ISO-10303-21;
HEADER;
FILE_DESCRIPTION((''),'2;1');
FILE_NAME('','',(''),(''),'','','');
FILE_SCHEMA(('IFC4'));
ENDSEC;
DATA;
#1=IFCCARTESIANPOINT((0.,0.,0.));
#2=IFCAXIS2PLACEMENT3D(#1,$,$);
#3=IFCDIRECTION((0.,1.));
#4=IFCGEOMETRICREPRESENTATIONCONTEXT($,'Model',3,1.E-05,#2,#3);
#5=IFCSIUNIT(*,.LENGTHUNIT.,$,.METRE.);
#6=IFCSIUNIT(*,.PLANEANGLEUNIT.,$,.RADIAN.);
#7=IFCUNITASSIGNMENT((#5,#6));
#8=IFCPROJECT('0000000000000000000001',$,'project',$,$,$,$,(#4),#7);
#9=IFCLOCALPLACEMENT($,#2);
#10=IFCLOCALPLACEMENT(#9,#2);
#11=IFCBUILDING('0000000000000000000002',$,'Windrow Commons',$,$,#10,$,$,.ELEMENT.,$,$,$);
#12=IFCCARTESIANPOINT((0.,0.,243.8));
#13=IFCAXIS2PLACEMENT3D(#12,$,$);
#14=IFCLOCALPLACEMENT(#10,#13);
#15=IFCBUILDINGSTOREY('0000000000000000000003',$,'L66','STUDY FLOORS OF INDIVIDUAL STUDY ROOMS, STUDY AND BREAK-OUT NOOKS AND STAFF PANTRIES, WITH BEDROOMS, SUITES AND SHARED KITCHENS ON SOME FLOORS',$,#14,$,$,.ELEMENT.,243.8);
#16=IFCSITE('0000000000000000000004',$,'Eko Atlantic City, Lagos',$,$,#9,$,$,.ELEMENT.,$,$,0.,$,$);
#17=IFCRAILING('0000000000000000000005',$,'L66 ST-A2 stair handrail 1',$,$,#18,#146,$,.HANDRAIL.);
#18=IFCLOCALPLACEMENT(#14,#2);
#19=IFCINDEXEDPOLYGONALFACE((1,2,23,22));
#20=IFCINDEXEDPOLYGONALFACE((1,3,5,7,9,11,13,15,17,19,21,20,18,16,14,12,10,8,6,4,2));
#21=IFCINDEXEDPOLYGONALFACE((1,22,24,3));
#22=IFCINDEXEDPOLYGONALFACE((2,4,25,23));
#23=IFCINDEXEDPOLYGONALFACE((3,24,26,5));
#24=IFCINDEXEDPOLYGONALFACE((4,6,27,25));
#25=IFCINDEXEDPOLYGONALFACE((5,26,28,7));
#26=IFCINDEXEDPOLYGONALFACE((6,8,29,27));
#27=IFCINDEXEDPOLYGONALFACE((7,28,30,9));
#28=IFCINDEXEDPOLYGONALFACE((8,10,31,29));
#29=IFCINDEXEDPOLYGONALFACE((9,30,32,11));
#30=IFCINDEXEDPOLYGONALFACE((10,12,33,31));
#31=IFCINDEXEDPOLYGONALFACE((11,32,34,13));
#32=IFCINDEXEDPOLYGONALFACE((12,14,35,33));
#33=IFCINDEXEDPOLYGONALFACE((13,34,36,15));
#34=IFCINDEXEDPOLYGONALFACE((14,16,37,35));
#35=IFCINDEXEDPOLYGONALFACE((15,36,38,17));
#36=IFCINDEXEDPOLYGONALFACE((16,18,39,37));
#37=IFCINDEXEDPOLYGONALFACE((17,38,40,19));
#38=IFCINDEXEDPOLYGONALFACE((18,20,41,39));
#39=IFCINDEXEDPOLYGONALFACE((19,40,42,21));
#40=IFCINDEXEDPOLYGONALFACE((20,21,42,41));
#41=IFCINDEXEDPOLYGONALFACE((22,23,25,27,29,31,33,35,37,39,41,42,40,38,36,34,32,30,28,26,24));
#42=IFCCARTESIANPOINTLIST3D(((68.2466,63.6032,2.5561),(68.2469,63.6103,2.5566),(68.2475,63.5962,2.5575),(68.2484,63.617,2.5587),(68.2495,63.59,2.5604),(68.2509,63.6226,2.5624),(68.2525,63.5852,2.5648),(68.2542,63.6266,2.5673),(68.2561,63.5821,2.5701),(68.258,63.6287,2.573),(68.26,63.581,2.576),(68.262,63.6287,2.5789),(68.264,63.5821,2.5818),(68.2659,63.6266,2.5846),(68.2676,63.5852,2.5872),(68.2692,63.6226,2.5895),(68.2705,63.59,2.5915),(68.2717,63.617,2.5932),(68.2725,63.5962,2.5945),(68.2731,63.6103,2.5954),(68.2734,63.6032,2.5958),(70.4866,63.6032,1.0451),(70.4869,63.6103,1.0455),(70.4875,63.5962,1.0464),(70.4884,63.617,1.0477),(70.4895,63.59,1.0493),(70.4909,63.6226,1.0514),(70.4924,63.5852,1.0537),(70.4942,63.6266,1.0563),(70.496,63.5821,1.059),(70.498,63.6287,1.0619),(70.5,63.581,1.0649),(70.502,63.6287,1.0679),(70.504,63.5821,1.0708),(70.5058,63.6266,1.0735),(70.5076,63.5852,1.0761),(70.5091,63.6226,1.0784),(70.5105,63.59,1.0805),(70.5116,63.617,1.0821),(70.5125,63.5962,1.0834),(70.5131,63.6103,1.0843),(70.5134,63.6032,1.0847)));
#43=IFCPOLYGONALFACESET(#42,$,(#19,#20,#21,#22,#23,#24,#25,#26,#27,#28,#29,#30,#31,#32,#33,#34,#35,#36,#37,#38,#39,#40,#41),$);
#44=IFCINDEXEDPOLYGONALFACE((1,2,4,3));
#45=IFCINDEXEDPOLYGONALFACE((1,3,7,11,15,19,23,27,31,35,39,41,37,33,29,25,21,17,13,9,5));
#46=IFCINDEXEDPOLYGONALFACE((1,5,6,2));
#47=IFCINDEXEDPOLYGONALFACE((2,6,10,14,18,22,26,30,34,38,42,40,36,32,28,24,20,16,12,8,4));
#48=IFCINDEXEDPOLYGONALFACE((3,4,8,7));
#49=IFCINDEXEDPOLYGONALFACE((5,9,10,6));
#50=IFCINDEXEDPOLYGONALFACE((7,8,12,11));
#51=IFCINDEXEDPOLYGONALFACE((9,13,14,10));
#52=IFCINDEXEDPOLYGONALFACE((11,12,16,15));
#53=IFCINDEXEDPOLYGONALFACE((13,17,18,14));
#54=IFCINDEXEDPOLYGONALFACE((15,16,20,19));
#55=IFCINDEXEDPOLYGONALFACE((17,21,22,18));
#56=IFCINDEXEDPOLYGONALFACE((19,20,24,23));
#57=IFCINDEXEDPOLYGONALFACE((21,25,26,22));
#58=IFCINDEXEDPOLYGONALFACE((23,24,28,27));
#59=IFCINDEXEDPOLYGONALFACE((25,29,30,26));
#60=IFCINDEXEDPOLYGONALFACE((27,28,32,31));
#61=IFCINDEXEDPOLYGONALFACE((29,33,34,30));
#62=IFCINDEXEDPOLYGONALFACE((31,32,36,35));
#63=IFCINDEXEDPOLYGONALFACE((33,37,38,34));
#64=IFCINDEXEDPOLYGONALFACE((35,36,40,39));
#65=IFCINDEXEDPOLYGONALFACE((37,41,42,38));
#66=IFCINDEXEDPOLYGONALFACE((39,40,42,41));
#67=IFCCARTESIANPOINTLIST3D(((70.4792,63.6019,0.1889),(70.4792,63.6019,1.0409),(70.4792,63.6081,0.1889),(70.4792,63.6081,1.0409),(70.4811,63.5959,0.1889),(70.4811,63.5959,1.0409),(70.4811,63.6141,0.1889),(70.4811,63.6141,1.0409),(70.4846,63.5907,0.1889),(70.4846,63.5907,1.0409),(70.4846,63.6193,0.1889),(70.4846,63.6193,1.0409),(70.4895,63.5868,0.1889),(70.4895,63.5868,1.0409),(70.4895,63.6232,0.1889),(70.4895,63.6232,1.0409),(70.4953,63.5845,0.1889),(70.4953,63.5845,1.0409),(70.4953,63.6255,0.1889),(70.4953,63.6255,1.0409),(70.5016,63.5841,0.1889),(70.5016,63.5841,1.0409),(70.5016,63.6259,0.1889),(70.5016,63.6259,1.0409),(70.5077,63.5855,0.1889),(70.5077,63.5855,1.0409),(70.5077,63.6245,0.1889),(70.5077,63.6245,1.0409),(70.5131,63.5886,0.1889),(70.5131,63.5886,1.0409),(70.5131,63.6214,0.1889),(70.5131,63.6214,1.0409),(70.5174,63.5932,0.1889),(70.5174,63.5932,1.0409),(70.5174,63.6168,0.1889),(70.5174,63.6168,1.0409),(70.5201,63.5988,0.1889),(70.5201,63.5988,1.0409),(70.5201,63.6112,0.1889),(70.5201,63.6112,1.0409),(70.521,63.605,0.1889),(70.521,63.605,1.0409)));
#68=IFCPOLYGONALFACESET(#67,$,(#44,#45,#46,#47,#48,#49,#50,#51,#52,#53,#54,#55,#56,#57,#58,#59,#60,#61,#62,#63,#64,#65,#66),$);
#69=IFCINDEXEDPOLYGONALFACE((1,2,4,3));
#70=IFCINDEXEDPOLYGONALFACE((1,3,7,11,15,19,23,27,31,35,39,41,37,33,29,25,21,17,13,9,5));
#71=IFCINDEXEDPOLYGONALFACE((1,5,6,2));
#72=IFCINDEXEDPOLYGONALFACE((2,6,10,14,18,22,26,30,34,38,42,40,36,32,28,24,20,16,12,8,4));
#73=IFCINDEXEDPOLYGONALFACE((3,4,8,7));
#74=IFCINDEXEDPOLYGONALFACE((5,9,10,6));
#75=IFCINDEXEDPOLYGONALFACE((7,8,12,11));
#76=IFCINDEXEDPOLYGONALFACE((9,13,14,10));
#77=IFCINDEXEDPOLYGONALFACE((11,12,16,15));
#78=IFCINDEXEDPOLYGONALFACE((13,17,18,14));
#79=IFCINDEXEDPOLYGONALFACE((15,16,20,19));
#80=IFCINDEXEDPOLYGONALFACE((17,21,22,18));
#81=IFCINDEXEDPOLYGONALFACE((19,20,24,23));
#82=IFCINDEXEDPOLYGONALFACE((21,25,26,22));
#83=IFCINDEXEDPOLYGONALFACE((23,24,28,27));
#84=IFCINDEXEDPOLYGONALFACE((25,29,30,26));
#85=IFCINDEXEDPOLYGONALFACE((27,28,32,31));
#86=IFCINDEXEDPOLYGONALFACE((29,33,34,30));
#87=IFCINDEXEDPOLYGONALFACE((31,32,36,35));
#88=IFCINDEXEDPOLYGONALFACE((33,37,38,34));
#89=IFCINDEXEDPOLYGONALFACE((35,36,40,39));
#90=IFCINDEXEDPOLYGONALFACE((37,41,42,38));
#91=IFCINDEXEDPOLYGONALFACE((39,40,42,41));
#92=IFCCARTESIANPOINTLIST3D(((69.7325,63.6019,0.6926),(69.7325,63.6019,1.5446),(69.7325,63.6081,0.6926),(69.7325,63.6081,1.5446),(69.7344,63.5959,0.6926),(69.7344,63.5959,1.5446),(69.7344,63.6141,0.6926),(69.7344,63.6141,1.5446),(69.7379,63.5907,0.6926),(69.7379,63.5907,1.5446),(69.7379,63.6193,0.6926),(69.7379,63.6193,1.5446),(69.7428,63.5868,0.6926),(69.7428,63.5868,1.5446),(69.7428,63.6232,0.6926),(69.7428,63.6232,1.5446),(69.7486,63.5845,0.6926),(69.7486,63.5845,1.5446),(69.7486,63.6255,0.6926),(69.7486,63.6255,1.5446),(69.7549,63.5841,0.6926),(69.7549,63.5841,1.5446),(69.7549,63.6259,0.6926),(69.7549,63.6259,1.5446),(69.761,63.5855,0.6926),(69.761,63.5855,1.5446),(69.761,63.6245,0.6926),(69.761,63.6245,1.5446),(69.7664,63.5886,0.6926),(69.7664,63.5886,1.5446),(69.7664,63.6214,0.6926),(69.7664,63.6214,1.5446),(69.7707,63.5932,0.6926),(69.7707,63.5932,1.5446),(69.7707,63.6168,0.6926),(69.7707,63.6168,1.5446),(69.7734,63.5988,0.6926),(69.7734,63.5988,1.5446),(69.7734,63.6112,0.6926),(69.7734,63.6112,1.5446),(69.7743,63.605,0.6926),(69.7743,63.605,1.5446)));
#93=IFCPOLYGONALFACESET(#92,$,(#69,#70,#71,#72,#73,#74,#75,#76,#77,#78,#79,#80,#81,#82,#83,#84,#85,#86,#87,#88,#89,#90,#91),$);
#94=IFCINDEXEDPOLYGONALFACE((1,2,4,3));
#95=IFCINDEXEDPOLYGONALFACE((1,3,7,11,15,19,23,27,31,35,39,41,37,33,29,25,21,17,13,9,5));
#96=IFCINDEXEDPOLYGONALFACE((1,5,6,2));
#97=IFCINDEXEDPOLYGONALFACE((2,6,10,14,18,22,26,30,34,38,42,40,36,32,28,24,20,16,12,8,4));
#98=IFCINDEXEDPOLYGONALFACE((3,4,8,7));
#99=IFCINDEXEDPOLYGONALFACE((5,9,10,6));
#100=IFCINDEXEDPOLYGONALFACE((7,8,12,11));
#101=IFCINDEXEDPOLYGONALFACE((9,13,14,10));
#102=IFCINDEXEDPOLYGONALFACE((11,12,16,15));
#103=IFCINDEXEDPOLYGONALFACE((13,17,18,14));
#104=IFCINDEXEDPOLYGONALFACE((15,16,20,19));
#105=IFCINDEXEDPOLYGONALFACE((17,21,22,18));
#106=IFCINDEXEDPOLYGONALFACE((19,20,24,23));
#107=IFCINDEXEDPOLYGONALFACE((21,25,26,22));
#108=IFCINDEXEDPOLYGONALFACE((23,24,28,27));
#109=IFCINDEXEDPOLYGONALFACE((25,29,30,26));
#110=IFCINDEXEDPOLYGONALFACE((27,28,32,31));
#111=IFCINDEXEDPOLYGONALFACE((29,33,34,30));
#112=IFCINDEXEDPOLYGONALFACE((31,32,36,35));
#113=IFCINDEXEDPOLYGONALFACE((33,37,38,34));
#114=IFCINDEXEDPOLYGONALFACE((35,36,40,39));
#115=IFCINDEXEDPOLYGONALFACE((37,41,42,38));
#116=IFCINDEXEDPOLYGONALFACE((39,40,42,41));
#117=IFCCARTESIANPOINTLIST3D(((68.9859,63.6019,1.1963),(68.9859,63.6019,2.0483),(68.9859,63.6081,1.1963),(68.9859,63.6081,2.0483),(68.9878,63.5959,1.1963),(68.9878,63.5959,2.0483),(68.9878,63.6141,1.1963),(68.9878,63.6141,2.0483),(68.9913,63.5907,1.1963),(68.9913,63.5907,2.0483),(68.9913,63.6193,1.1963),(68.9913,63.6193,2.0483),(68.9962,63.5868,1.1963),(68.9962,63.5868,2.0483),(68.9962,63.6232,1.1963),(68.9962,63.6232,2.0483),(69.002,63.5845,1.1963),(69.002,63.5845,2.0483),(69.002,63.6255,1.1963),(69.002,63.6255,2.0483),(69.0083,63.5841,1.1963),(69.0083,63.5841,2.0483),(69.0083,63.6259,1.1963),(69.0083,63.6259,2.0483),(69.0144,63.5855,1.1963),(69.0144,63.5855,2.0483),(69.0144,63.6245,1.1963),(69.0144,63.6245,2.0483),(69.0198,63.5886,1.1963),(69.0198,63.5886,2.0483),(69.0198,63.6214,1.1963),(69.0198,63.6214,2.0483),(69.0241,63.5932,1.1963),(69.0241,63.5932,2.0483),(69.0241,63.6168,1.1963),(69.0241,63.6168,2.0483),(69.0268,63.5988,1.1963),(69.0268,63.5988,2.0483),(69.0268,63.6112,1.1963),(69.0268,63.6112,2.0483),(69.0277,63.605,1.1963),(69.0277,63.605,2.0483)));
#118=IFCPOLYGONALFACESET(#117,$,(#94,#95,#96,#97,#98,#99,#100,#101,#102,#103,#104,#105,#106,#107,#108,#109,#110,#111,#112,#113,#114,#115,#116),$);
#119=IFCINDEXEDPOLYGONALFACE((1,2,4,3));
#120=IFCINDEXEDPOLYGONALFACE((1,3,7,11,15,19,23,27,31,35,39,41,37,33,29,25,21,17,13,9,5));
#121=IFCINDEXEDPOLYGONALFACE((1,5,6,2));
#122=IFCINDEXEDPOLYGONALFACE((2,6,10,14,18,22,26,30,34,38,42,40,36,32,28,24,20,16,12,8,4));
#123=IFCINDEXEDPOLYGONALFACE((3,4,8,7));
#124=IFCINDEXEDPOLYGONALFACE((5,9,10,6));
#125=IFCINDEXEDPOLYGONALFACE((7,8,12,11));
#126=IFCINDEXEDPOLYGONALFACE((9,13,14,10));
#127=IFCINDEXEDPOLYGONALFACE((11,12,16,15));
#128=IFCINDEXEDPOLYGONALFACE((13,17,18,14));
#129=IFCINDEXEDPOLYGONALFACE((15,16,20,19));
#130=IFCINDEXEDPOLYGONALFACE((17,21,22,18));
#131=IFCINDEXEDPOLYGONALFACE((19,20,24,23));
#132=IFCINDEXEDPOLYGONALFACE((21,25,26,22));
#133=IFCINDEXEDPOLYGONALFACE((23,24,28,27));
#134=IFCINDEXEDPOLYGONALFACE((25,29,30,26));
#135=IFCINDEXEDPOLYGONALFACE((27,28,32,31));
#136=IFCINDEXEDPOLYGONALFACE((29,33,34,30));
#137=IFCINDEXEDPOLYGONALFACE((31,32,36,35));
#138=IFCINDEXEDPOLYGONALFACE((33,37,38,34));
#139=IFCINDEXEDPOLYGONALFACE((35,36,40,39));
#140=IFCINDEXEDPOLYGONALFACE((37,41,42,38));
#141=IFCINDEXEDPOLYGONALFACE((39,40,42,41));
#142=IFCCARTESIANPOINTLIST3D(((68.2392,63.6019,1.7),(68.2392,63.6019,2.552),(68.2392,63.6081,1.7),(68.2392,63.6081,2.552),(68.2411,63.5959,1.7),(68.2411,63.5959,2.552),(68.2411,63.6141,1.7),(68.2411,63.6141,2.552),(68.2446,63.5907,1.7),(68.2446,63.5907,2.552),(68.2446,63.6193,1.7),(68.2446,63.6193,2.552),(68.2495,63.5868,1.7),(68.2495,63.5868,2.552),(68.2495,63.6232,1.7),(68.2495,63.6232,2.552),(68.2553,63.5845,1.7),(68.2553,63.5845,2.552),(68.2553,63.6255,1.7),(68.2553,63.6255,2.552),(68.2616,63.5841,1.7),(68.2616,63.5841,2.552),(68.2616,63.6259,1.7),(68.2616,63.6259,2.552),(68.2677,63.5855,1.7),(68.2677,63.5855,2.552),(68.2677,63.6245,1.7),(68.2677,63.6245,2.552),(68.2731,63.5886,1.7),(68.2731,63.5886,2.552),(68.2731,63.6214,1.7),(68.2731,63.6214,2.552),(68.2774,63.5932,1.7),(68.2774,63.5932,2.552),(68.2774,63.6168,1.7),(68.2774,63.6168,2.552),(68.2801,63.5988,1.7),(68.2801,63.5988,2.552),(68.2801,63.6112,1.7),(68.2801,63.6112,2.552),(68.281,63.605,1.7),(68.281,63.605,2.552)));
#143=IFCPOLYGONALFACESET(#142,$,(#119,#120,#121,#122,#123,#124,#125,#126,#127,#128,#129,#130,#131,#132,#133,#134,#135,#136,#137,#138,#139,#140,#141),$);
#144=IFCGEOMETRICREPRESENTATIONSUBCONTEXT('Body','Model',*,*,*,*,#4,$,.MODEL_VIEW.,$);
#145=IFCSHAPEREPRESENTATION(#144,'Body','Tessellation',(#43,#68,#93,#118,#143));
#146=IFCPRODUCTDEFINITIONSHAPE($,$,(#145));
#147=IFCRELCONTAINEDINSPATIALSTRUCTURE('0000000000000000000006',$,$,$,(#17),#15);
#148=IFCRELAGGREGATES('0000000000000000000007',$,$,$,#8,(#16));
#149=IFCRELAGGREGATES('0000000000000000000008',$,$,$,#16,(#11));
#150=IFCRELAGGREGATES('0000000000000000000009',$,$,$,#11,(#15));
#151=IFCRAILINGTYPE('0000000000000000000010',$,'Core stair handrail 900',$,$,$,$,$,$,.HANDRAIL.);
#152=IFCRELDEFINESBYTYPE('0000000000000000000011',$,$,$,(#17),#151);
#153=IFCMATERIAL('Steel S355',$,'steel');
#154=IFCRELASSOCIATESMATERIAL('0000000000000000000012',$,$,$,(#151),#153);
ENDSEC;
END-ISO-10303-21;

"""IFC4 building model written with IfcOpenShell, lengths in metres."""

from ifc_helpers import new_model, si_unit, direction, frame, origin, origin_2d, place, context, subcontext, project, spatial, circle, extrude, material, type_object, element, save


model = new_model("IFC4")

# Units and contexts
model_context = context("Model", 3, precision=1e-05, world=origin(), true_north=direction((0.0, 1.0)))
body_context = subcontext(model_context, "Body", "Model", "MODEL_VIEW")
ifc_project = project(units=[si_unit("LENGTHUNIT", "METRE"), si_unit("PLANEANGLEUNIT", "RADIAN")], contexts=[model_context])

# Site, building, storey
site_placement = place(None, origin())
site = spatial("IfcSite", under=ifc_project, at=site_placement, Name="Eko Atlantic City, Lagos", CompositionType="ELEMENT", RefElevation=0.0)
building_placement = place(site_placement, origin())
building = spatial("IfcBuilding", under=site, at=building_placement, Name="Windrow Commons", CompositionType="ELEMENT")
storey_placement = place(building_placement, frame((0.0, 0.0, 243.8)))
storey = spatial("IfcBuildingStorey", under=building, at=storey_placement, Name="L66", Description="STUDY FLOORS OF INDIVIDUAL STUDY ROOMS, STUDY AND BREAK-OUT NOOKS AND STAFF PANTRIES, WITH BEDROOMS, SUITES AND SHARED KITCHENS ON SOME FLOORS", CompositionType="ELEMENT", Elevation=243.8)

# Railing
ifc_material_1 = material(Name="Steel S355", Category="steel")
railing_type_1 = type_object("IfcRailingType", Name="Core stair handrail 900", PredefinedType="HANDRAIL", material=ifc_material_1)
railing_1_placement = place(storey_placement, frame((70.5, 63.605, 0.1889)))
element("IfcRailing", 1, at=railing_1_placement, inside=storey, type_object=railing_type_1, Name="L66 ST-A2 stair handrail 1", PredefinedType="HANDRAIL", context=body_context, shape_type="SweptSolid", body=[
    extrude(circle(Radius=0.024, at=origin_2d()), frame((0.0, 0.0, 0.876), z_axis=(-0.829003, 0.0, 0.559244), x_axis=(0.0, -1.0, 0.0)), (0.0, 0.0, 1.0), 2.702),
    extrude(circle(Radius=0.021, at=origin_2d()), origin(), (0.0, 0.0, 1.0), 0.852),
    extrude(circle(Radius=0.021, at=origin_2d()), frame((-0.7467, 0.0, 0.5037)), (0.0, 0.0, 1.0), 0.852),
    extrude(circle(Radius=0.021, at=origin_2d()), frame((-1.4933, 0.0, 1.0074)), (0.0, 0.0, 1.0), 0.852),
    extrude(circle(Radius=0.021, at=origin_2d()), frame((-2.24, 0.0, 1.5111)), (0.0, 0.0, 1.0), 0.852),
])

save(model, "model.ifc")
